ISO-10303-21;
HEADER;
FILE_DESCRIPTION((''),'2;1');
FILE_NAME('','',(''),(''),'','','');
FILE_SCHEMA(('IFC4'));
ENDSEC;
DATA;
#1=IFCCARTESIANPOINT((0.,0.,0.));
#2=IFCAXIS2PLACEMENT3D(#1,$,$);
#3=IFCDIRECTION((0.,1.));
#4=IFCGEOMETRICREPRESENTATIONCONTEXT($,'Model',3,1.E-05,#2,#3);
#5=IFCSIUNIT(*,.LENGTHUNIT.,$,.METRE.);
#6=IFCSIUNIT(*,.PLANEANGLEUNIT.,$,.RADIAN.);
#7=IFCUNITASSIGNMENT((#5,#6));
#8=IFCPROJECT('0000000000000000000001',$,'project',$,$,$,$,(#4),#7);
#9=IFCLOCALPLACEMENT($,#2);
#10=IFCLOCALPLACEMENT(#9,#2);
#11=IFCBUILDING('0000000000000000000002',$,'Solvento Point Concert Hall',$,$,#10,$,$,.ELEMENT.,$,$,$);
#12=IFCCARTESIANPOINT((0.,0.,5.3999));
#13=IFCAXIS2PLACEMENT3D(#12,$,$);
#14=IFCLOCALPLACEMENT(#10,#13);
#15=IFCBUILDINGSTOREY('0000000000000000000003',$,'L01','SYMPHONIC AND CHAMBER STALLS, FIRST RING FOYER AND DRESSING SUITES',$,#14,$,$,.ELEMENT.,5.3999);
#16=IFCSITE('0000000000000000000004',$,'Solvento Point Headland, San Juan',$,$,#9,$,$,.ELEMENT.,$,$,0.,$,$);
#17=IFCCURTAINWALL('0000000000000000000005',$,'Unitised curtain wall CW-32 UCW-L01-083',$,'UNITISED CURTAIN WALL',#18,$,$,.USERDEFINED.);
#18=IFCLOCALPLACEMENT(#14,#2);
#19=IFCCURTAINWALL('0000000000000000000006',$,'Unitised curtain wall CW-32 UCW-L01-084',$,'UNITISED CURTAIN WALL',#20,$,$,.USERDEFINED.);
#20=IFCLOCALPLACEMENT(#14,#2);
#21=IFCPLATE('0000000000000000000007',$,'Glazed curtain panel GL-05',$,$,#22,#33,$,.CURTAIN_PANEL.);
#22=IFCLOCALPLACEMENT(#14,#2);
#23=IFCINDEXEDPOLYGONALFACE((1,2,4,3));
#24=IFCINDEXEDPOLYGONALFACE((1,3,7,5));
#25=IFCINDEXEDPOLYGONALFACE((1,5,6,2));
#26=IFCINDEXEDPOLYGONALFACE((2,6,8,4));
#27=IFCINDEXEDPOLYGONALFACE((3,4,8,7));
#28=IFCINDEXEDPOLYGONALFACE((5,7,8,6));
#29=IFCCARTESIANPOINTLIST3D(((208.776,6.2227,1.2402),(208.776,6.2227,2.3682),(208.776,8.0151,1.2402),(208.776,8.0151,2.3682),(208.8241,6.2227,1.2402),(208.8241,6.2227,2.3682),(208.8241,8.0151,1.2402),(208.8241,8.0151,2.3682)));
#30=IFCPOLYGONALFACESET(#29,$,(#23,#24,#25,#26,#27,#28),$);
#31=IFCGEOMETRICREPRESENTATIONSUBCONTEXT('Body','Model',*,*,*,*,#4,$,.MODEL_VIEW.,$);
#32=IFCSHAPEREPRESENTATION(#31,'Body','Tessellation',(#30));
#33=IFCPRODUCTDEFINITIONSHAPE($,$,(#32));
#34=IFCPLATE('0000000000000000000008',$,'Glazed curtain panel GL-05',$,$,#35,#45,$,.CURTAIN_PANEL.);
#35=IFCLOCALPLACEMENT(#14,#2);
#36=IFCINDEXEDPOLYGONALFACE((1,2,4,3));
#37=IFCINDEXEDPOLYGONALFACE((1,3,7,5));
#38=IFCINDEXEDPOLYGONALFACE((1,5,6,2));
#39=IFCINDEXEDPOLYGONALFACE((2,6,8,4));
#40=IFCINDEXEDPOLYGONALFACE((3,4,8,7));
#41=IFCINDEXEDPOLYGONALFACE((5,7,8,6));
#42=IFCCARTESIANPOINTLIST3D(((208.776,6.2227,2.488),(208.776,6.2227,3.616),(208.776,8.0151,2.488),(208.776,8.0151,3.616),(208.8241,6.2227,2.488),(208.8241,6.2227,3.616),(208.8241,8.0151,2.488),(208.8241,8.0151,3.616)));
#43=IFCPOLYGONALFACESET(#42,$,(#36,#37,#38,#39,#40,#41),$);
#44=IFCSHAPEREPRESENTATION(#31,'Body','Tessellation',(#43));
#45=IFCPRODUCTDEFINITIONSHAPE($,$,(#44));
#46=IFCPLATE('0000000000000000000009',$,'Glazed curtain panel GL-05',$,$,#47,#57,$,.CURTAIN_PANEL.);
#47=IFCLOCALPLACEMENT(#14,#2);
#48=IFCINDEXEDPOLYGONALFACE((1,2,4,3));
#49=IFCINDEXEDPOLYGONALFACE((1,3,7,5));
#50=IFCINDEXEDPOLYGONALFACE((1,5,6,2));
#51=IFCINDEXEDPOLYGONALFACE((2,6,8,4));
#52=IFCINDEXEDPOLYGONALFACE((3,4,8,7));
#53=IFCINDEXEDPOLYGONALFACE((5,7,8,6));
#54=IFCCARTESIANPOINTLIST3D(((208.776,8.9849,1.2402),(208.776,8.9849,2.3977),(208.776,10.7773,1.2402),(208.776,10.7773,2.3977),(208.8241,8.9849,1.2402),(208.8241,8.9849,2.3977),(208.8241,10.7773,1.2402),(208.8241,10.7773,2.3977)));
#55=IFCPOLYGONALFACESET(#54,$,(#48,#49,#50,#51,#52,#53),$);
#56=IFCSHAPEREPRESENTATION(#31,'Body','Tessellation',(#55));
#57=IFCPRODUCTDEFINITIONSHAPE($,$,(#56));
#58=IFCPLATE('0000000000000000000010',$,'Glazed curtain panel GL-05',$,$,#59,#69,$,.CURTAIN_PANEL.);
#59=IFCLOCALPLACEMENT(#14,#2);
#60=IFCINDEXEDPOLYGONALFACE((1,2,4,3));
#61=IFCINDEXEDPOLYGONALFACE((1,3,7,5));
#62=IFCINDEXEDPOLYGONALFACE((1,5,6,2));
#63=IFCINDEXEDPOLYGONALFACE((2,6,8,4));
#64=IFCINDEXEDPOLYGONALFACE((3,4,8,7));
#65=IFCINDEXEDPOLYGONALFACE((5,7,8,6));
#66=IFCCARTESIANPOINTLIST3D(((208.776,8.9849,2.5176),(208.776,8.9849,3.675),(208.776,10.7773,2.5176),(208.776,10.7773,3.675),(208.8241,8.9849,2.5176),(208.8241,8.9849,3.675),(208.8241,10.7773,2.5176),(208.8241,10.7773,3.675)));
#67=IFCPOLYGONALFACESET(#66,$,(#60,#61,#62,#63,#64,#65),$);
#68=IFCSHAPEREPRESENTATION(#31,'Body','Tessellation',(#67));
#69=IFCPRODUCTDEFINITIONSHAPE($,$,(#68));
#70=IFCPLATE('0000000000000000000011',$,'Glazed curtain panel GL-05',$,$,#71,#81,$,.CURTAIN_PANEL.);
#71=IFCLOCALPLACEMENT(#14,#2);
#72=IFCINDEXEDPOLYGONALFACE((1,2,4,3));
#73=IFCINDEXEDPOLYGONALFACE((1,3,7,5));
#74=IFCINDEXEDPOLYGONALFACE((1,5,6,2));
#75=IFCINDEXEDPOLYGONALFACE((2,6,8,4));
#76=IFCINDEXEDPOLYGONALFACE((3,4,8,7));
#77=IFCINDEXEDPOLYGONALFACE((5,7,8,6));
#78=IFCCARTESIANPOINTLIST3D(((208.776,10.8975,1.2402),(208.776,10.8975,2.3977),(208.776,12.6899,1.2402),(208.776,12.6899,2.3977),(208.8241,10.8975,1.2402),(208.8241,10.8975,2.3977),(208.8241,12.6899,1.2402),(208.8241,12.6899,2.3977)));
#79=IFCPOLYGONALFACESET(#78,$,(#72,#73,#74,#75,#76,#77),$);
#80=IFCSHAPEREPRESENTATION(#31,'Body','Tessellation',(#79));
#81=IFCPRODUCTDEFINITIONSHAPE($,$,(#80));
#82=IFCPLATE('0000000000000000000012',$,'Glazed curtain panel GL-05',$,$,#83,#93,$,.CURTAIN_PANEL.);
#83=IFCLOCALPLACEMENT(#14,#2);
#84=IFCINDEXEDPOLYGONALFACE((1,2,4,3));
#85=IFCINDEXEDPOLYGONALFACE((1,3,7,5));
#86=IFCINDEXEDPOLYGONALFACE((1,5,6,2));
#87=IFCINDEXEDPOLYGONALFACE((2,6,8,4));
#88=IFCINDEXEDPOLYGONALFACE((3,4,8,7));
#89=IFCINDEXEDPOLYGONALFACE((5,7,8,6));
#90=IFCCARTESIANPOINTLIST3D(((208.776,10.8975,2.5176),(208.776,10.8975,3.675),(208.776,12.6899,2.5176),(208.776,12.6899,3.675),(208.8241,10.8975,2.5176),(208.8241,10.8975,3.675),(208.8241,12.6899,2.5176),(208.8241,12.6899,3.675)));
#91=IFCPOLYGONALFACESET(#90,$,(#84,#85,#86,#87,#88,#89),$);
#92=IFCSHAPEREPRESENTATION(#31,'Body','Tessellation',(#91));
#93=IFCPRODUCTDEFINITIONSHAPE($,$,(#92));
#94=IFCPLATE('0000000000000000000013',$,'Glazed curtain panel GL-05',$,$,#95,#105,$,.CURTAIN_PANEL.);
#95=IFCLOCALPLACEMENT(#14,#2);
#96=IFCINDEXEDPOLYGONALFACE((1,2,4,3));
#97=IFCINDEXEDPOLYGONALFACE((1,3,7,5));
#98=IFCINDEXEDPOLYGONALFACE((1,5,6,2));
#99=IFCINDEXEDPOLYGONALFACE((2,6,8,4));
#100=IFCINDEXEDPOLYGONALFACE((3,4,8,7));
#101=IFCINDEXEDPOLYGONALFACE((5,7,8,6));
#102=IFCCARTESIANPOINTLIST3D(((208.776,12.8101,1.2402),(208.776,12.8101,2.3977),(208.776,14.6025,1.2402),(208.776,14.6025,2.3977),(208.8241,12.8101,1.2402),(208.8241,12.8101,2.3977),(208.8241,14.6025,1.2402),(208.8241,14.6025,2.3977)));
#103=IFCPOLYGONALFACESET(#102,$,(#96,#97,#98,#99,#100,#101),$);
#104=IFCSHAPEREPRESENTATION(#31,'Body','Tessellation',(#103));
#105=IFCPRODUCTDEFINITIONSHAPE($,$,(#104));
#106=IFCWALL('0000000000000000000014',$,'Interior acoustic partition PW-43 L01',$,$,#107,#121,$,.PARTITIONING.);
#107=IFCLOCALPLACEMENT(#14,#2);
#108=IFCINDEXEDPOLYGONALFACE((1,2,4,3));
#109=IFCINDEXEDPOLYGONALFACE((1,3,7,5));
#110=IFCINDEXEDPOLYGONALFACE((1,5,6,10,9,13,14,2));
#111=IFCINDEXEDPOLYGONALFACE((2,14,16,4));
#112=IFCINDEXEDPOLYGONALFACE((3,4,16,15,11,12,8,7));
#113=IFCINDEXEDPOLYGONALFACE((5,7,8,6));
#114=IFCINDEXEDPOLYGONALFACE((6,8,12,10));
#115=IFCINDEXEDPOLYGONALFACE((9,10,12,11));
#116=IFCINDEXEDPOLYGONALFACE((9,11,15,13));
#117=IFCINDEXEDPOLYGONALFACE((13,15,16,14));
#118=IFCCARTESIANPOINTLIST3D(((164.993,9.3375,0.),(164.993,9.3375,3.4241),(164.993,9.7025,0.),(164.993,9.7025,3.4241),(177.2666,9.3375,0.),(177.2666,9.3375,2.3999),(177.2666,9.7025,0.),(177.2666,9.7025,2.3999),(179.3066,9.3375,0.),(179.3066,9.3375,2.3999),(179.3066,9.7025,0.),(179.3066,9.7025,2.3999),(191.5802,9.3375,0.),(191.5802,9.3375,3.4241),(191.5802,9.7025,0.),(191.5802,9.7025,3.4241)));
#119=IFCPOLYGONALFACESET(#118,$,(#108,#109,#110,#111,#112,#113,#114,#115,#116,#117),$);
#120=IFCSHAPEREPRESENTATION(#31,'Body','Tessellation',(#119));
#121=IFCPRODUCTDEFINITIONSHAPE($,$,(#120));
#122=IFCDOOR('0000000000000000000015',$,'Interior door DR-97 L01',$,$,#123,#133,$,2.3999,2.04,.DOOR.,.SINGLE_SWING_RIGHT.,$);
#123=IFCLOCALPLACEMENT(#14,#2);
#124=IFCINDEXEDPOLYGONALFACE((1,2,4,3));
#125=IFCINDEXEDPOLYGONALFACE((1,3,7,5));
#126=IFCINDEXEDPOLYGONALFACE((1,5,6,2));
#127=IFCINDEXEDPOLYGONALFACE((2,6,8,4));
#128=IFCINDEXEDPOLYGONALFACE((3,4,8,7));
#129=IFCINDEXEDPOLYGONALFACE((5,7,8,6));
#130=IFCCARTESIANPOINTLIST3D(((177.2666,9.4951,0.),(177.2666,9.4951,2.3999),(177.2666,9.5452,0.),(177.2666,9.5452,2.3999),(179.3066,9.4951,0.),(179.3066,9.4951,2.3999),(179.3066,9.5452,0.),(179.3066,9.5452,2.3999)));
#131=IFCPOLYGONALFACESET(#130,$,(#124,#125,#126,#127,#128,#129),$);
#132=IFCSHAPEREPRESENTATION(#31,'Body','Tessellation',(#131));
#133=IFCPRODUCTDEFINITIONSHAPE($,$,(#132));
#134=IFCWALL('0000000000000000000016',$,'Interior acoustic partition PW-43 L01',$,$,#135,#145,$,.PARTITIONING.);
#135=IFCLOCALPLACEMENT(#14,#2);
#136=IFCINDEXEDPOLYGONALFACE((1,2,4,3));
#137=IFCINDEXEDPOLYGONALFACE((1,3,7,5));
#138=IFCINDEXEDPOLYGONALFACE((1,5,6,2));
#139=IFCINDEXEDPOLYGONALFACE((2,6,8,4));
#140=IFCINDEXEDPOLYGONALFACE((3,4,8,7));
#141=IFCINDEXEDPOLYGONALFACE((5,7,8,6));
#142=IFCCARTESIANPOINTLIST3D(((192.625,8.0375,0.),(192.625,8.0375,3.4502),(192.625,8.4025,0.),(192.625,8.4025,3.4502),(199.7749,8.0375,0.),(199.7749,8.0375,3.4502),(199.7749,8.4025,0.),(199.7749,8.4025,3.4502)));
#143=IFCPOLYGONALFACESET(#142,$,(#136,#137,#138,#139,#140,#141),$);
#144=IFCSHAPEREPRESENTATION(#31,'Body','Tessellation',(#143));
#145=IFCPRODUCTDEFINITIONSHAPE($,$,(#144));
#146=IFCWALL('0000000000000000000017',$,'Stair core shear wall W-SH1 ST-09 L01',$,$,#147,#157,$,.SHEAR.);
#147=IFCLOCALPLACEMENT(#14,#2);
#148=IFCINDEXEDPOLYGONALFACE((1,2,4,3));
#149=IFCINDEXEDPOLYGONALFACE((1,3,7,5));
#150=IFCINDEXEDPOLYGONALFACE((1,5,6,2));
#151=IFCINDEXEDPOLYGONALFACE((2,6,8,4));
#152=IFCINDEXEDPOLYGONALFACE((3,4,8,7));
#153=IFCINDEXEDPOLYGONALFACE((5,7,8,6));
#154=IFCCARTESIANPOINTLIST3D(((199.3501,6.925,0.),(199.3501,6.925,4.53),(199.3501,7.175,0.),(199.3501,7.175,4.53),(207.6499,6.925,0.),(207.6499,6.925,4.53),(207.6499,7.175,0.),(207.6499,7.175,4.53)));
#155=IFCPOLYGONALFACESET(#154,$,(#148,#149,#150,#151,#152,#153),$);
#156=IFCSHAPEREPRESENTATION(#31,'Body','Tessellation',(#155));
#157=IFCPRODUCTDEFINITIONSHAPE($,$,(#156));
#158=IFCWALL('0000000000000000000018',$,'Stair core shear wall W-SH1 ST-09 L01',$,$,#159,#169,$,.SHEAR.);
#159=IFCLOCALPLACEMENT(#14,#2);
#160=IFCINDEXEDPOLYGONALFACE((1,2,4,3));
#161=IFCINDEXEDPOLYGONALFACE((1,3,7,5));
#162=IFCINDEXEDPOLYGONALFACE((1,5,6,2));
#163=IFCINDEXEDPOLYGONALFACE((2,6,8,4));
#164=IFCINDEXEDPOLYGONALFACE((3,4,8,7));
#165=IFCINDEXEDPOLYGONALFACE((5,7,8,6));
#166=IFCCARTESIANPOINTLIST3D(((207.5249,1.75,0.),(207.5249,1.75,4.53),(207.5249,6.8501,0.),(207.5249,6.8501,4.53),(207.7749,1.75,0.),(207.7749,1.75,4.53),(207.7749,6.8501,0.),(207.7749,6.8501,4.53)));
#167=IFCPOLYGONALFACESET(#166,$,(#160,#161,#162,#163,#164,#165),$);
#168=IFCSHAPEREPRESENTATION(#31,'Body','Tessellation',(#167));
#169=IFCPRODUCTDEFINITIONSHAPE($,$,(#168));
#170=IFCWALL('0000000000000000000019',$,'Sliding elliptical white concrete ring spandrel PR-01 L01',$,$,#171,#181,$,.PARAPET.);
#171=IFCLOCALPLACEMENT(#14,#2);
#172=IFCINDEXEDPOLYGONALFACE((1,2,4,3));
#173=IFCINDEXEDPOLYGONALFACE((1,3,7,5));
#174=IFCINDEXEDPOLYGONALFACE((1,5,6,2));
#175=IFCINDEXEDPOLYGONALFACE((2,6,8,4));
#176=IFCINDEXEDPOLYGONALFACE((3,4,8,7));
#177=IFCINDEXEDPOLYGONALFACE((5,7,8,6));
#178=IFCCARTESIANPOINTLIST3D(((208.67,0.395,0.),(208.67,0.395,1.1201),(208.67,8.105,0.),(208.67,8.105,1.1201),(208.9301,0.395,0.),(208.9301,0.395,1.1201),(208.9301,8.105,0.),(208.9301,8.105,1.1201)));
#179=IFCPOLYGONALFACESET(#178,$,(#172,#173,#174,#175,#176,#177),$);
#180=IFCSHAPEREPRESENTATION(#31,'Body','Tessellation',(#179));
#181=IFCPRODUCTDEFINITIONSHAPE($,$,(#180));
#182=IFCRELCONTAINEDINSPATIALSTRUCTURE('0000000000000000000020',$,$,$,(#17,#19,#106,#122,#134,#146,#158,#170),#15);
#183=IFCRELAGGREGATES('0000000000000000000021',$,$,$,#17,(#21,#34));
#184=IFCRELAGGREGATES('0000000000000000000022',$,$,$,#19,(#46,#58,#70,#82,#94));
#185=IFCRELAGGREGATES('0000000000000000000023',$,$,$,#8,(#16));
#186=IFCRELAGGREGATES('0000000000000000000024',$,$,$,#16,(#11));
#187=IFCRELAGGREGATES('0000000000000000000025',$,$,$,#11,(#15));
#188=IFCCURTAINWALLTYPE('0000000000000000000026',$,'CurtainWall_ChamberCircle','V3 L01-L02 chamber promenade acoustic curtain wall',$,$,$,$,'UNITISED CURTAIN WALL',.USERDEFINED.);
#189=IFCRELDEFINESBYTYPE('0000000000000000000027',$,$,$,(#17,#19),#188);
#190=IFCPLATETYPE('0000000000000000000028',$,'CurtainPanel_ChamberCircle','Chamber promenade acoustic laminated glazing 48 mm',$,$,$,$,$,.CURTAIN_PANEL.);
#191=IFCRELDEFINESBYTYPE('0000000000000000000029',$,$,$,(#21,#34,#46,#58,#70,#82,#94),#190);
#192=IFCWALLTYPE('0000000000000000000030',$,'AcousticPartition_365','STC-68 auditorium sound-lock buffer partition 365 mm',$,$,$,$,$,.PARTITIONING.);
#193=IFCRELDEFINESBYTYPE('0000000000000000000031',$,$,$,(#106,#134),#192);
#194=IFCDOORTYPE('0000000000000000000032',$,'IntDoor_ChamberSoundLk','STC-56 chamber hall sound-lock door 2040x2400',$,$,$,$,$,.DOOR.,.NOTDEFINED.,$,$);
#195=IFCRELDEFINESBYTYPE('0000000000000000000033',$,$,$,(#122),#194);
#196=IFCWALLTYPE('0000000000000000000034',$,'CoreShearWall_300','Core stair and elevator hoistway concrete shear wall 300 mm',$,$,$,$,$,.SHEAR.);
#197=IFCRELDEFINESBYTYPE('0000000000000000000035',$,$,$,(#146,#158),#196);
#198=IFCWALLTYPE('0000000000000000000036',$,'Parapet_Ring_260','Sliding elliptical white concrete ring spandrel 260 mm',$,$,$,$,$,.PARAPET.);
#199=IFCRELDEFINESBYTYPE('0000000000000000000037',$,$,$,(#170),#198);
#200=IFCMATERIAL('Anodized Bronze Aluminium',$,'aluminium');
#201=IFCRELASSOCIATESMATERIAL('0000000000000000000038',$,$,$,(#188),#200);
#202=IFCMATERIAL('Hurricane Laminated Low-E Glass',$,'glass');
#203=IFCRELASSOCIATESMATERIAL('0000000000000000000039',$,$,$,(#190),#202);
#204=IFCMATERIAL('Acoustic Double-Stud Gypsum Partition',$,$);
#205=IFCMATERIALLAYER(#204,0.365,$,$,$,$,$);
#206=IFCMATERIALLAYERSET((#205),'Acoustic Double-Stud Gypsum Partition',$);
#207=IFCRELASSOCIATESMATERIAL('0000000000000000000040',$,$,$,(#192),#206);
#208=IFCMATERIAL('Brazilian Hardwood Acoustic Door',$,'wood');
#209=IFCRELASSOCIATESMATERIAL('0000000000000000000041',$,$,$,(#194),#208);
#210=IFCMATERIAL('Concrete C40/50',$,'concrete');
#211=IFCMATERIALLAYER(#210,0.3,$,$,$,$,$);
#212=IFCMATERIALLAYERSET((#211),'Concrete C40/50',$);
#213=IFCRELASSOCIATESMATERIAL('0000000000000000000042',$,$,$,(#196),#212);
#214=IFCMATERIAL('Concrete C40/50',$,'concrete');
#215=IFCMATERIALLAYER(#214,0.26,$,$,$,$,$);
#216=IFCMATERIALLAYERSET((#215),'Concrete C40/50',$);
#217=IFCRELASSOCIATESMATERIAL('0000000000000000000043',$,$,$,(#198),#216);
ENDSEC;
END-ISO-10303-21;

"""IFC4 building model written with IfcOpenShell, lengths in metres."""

from ifc_helpers import new_model, si_unit, direction, frame, frame_2d, origin, origin_2d, place, context, subcontext, project, spatial, rectangle, extrude, material, layer, layer_set, type_object, element, fill, aggregate, save


model = new_model("IFC4")

# Units and contexts
model_context = context("Model", 3, precision=1e-05, world=origin(), true_north=direction((0.0, 1.0)))
body_context = subcontext(model_context, "Body", "Model", "MODEL_VIEW")
ifc_project = project(units=[si_unit("LENGTHUNIT", "METRE"), si_unit("PLANEANGLEUNIT", "RADIAN")], contexts=[model_context])

# Site, building, storey
site_placement = place(None, origin())
site = spatial("IfcSite", under=ifc_project, at=site_placement, Name="Solvento Point Headland, San Juan", CompositionType="ELEMENT", RefElevation=0.0)
building_placement = place(site_placement, origin())
building = spatial("IfcBuilding", under=site, at=building_placement, Name="Solvento Point Concert Hall", CompositionType="ELEMENT")
storey_placement = place(building_placement, frame((0.0, 0.0, 5.3999)))
storey = spatial("IfcBuildingStorey", under=building, at=storey_placement, Name="L01", Description="SYMPHONIC AND CHAMBER STALLS, FIRST RING FOYER AND DRESSING SUITES", CompositionType="ELEMENT", Elevation=5.3999)

# Curtain walls
ifc_material_1 = material(Name="Anodized Bronze Aluminium", Category="aluminium")
curtain_wall_type = type_object("IfcCurtainWallType", Name="CurtainWall_ChamberCircle", Description="V3 L01-L02 chamber promenade acoustic curtain wall", ElementType="UNITISED CURTAIN WALL", PredefinedType="USERDEFINED", material=ifc_material_1)
curtain_wall_1_placement = place(storey_placement, origin())
curtain_wall_1 = element("IfcCurtainWall", 1, at=curtain_wall_1_placement, inside=storey, type_object=curtain_wall_type, Name="Unitised curtain wall CW-32 UCW-L01-083", ObjectType="UNITISED CURTAIN WALL", PredefinedType="USERDEFINED")
curtain_wall_2_placement = place(storey_placement, origin())
curtain_wall_2 = element("IfcCurtainWall", 2, at=curtain_wall_2_placement, inside=storey, type_object=curtain_wall_type, Name="Unitised curtain wall CW-32 UCW-L01-084", ObjectType="UNITISED CURTAIN WALL", PredefinedType="USERDEFINED")

# Plates
ifc_material_2 = material(Name="Hurricane Laminated Low-E Glass", Category="glass")
plate_type = type_object("IfcPlateType", Name="CurtainPanel_ChamberCircle", Description="Chamber promenade acoustic laminated glazing 48 mm", PredefinedType="CURTAIN_PANEL", material=ifc_material_2)
plate_1_placement = place(storey_placement, frame((208.8, 7.1189, 1.2402), z_axis=(0.0, 0.0, 1.0), x_axis=(0.0, 1.0, 0.0)))
plate_1 = element("IfcPlate", 3, at=plate_1_placement, type_object=plate_type, Name="Glazed curtain panel GL-05", PredefinedType="CURTAIN_PANEL", context=body_context, shape_type="SweptSolid", body=[
    extrude(rectangle(XDim=1.7925, YDim=0.0481, at=origin_2d()), origin(), (0.0, 0.0, 1.0), 1.1279),
])
plate_2_placement = place(storey_placement, frame((208.8, 7.1189, 2.488), z_axis=(0.0, 0.0, 1.0), x_axis=(0.0, 1.0, 0.0)))
plate_2 = element("IfcPlate", 4, at=plate_2_placement, type_object=plate_type, Name="Glazed curtain panel GL-05", PredefinedType="CURTAIN_PANEL", context=body_context, shape_type="SweptSolid", body=[
    extrude(rectangle(XDim=1.7925, YDim=0.0481, at=origin_2d()), origin(), (0.0, 0.0, 1.0), 1.1279),
])
aggregate(curtain_wall_1, [plate_1, plate_2])
plate_3_placement = place(storey_placement, frame((208.8, 9.8811, 1.2402), z_axis=(0.0, 0.0, 1.0), x_axis=(0.0, 1.0, 0.0)))
plate_3 = element("IfcPlate", 5, at=plate_3_placement, type_object=plate_type, Name="Glazed curtain panel GL-05", PredefinedType="CURTAIN_PANEL", context=body_context, shape_type="SweptSolid", body=[
    extrude(rectangle(XDim=1.7925, YDim=0.0481, at=origin_2d()), origin(), (0.0, 0.0, 1.0), 1.1575),
])
plate_4_placement = place(storey_placement, frame((208.8, 9.8811, 2.5176), z_axis=(0.0, 0.0, 1.0), x_axis=(0.0, 1.0, 0.0)))
plate_4 = element("IfcPlate", 6, at=plate_4_placement, type_object=plate_type, Name="Glazed curtain panel GL-05", PredefinedType="CURTAIN_PANEL", context=body_context, shape_type="SweptSolid", body=[
    extrude(rectangle(XDim=1.7925, YDim=0.0481, at=origin_2d()), origin(), (0.0, 0.0, 1.0), 1.1575),
])
plate_5_placement = place(storey_placement, frame((208.8, 11.7937, 1.2402), z_axis=(0.0, 0.0, 1.0), x_axis=(0.0, 1.0, 0.0)))
plate_5 = element("IfcPlate", 7, at=plate_5_placement, type_object=plate_type, Name="Glazed curtain panel GL-05", PredefinedType="CURTAIN_PANEL", context=body_context, shape_type="SweptSolid", body=[
    extrude(rectangle(XDim=1.7925, YDim=0.0481, at=origin_2d()), origin(), (0.0, 0.0, 1.0), 1.1575),
])
plate_6_placement = place(storey_placement, frame((208.8, 11.7937, 2.5176), z_axis=(0.0, 0.0, 1.0), x_axis=(0.0, 1.0, 0.0)))
plate_6 = element("IfcPlate", 8, at=plate_6_placement, type_object=plate_type, Name="Glazed curtain panel GL-05", PredefinedType="CURTAIN_PANEL", context=body_context, shape_type="SweptSolid", body=[
    extrude(rectangle(XDim=1.7925, YDim=0.0481, at=origin_2d()), origin(), (0.0, 0.0, 1.0), 1.1575),
])
plate_7_placement = place(storey_placement, frame((208.8, 13.7063, 1.2402), z_axis=(0.0, 0.0, 1.0), x_axis=(0.0, 1.0, 0.0)))
plate_7 = element("IfcPlate", 9, at=plate_7_placement, type_object=plate_type, Name="Glazed curtain panel GL-05", PredefinedType="CURTAIN_PANEL", context=body_context, shape_type="SweptSolid", body=[
    extrude(rectangle(XDim=1.7925, YDim=0.0481, at=origin_2d()), origin(), (0.0, 0.0, 1.0), 1.1575),
])
aggregate(curtain_wall_2, [plate_3, plate_4, plate_5, plate_6, plate_7])

# Wall, opening, door
ifc_material_3 = material(Name="Acoustic Double-Stud Gypsum Partition")
ifc_layer_1 = layer(ifc_material_3, 0.365)
ifc_layer_set_1 = layer_set([ifc_layer_1], Name="Acoustic Double-Stud Gypsum Partition")
wall_type_1 = type_object("IfcWallType", Name="AcousticPartition_365", Description="STC-68 auditorium sound-lock buffer partition 365 mm", PredefinedType="PARTITIONING", material=ifc_layer_set_1)
wall_1_placement = place(storey_placement, frame((191.5801, 9.52, 0.0), z_axis=(0.0, 0.0, 1.0), x_axis=(-1.0, 0.0, 0.0)))
wall_1 = element("IfcWall", 10, at=wall_1_placement, inside=storey, type_object=wall_type_1, Name="Interior acoustic partition PW-43 L01", PredefinedType="PARTITIONING", context=body_context, shape_type="SweptSolid", body=[
    extrude(rectangle(XDim=26.5872, YDim=0.365, at=frame_2d((13.2935, 0.0))), origin(), (0.0, 0.0, 1.0), 3.4241),
])
opening_1_placement = place(wall_1_placement, frame((12.2734, 0.0, 0.0)))
opening_1 = element("IfcOpeningElement", 11, at=opening_1_placement, cuts=wall_1, PredefinedType="OPENING", context=body_context, shape_type="SweptSolid", body=[
    extrude(rectangle(XDim=2.04, YDim=2.3999, at=frame_2d((1.02, 1.2))), frame((0.0, 0.1924, 0.0), z_axis=(0.0, -1.0, 0.0), x_axis=(1.0, 0.0, 0.0)), (0.0, 0.0, 1.0), 0.385),
])
ifc_material_4 = material(Name="Brazilian Hardwood Acoustic Door", Category="wood")
door_type = type_object("IfcDoorType", Name="IntDoor_ChamberSoundLk", Description="STC-56 chamber hall sound-lock door 2040x2400", OperationType="NOTDEFINED", PredefinedType="DOOR", material=ifc_material_4)
door_1_placement = place(opening_1_placement, origin())
door_1 = element("IfcDoor", 12, at=door_1_placement, inside=storey, type_object=door_type, Name="Interior door DR-97 L01", OperationType="SINGLE_SWING_RIGHT", OverallHeight=2.3999, OverallWidth=2.04, PredefinedType="DOOR", context=body_context, shape_type="SweptSolid", body=[
    extrude(rectangle(XDim=2.04, YDim=2.3999, at=frame_2d((1.02, 1.2))), frame((0.0, 0.0249, 0.0), z_axis=(0.0, -1.0, 0.0), x_axis=(1.0, 0.0, 0.0)), (0.0, 0.0, 1.0), 0.05),
])
fill(opening_1, door_1)

# Walls
wall_2_placement = place(storey_placement, frame((199.7749, 8.22, 0.0), z_axis=(0.0, 0.0, 1.0), x_axis=(-1.0, 0.0, 0.0)))
element("IfcWall", 13, at=wall_2_placement, inside=storey, type_object=wall_type_1, Name="Interior acoustic partition PW-43 L01", PredefinedType="PARTITIONING", context=body_context, shape_type="SweptSolid", body=[
    extrude(rectangle(XDim=7.1499, YDim=0.365, at=frame_2d((3.575, 0.0))), origin(), (0.0, 0.0, 1.0), 3.4502),
])
ifc_material_5 = material(Name="Concrete C40/50", Category="concrete")
ifc_layer_2 = layer(ifc_material_5, 0.3)
ifc_layer_set_2 = layer_set([ifc_layer_2], Name="Concrete C40/50")
wall_type_2 = type_object("IfcWallType", Name="CoreShearWall_300", Description="Core stair and elevator hoistway concrete shear wall 300 mm", PredefinedType="SHEAR", material=ifc_layer_set_2)
wall_3_placement = place(storey_placement, frame((199.3501, 7.05, 0.0), z_axis=(0.0, 0.0, 1.0), x_axis=(1.0, 0.0, 0.0)))
element("IfcWall", 14, at=wall_3_placement, inside=storey, type_object=wall_type_2, Name="Stair core shear wall W-SH1 ST-09 L01", PredefinedType="SHEAR", context=body_context, shape_type="SweptSolid", body=[
    extrude(rectangle(XDim=8.2998, YDim=0.25, at=frame_2d((4.1499, 0.0))), origin(), (0.0, 0.0, 1.0), 4.53),
])
wall_4_placement = place(storey_placement, frame((207.6499, 6.8501, 0.0), z_axis=(0.0, 0.0, 1.0), x_axis=(0.0, -1.0, 0.0)))
element("IfcWall", 15, at=wall_4_placement, inside=storey, type_object=wall_type_2, Name="Stair core shear wall W-SH1 ST-09 L01", PredefinedType="SHEAR", context=body_context, shape_type="SweptSolid", body=[
    extrude(rectangle(XDim=5.1001, YDim=0.25, at=frame_2d((2.55, 0.0))), origin(), (0.0, 0.0, 1.0), 4.53),
])
ifc_material_6 = material(Name="Concrete C40/50", Category="concrete")
ifc_layer_3 = layer(ifc_material_6, 0.26)
ifc_layer_set_3 = layer_set([ifc_layer_3], Name="Concrete C40/50")
wall_type_3 = type_object("IfcWallType", Name="Parapet_Ring_260", Description="Sliding elliptical white concrete ring spandrel 260 mm", PredefinedType="PARAPET", material=ifc_layer_set_3)
wall_5_placement = place(storey_placement, frame((208.8, 8.105, 0.0), z_axis=(0.0, 0.0, 1.0), x_axis=(0.0, -1.0, 0.0)))
element("IfcWall", 16, at=wall_5_placement, inside=storey, type_object=wall_type_3, Name="Sliding elliptical white concrete ring spandrel PR-01 L01", PredefinedType="PARAPET", context=body_context, shape_type="SweptSolid", body=[
    extrude(rectangle(XDim=7.71, YDim=0.26, at=frame_2d((3.855, 0.0))), origin(), (0.0, 0.0, 1.0), 1.1201),
])

save(model, "model.ifc")
